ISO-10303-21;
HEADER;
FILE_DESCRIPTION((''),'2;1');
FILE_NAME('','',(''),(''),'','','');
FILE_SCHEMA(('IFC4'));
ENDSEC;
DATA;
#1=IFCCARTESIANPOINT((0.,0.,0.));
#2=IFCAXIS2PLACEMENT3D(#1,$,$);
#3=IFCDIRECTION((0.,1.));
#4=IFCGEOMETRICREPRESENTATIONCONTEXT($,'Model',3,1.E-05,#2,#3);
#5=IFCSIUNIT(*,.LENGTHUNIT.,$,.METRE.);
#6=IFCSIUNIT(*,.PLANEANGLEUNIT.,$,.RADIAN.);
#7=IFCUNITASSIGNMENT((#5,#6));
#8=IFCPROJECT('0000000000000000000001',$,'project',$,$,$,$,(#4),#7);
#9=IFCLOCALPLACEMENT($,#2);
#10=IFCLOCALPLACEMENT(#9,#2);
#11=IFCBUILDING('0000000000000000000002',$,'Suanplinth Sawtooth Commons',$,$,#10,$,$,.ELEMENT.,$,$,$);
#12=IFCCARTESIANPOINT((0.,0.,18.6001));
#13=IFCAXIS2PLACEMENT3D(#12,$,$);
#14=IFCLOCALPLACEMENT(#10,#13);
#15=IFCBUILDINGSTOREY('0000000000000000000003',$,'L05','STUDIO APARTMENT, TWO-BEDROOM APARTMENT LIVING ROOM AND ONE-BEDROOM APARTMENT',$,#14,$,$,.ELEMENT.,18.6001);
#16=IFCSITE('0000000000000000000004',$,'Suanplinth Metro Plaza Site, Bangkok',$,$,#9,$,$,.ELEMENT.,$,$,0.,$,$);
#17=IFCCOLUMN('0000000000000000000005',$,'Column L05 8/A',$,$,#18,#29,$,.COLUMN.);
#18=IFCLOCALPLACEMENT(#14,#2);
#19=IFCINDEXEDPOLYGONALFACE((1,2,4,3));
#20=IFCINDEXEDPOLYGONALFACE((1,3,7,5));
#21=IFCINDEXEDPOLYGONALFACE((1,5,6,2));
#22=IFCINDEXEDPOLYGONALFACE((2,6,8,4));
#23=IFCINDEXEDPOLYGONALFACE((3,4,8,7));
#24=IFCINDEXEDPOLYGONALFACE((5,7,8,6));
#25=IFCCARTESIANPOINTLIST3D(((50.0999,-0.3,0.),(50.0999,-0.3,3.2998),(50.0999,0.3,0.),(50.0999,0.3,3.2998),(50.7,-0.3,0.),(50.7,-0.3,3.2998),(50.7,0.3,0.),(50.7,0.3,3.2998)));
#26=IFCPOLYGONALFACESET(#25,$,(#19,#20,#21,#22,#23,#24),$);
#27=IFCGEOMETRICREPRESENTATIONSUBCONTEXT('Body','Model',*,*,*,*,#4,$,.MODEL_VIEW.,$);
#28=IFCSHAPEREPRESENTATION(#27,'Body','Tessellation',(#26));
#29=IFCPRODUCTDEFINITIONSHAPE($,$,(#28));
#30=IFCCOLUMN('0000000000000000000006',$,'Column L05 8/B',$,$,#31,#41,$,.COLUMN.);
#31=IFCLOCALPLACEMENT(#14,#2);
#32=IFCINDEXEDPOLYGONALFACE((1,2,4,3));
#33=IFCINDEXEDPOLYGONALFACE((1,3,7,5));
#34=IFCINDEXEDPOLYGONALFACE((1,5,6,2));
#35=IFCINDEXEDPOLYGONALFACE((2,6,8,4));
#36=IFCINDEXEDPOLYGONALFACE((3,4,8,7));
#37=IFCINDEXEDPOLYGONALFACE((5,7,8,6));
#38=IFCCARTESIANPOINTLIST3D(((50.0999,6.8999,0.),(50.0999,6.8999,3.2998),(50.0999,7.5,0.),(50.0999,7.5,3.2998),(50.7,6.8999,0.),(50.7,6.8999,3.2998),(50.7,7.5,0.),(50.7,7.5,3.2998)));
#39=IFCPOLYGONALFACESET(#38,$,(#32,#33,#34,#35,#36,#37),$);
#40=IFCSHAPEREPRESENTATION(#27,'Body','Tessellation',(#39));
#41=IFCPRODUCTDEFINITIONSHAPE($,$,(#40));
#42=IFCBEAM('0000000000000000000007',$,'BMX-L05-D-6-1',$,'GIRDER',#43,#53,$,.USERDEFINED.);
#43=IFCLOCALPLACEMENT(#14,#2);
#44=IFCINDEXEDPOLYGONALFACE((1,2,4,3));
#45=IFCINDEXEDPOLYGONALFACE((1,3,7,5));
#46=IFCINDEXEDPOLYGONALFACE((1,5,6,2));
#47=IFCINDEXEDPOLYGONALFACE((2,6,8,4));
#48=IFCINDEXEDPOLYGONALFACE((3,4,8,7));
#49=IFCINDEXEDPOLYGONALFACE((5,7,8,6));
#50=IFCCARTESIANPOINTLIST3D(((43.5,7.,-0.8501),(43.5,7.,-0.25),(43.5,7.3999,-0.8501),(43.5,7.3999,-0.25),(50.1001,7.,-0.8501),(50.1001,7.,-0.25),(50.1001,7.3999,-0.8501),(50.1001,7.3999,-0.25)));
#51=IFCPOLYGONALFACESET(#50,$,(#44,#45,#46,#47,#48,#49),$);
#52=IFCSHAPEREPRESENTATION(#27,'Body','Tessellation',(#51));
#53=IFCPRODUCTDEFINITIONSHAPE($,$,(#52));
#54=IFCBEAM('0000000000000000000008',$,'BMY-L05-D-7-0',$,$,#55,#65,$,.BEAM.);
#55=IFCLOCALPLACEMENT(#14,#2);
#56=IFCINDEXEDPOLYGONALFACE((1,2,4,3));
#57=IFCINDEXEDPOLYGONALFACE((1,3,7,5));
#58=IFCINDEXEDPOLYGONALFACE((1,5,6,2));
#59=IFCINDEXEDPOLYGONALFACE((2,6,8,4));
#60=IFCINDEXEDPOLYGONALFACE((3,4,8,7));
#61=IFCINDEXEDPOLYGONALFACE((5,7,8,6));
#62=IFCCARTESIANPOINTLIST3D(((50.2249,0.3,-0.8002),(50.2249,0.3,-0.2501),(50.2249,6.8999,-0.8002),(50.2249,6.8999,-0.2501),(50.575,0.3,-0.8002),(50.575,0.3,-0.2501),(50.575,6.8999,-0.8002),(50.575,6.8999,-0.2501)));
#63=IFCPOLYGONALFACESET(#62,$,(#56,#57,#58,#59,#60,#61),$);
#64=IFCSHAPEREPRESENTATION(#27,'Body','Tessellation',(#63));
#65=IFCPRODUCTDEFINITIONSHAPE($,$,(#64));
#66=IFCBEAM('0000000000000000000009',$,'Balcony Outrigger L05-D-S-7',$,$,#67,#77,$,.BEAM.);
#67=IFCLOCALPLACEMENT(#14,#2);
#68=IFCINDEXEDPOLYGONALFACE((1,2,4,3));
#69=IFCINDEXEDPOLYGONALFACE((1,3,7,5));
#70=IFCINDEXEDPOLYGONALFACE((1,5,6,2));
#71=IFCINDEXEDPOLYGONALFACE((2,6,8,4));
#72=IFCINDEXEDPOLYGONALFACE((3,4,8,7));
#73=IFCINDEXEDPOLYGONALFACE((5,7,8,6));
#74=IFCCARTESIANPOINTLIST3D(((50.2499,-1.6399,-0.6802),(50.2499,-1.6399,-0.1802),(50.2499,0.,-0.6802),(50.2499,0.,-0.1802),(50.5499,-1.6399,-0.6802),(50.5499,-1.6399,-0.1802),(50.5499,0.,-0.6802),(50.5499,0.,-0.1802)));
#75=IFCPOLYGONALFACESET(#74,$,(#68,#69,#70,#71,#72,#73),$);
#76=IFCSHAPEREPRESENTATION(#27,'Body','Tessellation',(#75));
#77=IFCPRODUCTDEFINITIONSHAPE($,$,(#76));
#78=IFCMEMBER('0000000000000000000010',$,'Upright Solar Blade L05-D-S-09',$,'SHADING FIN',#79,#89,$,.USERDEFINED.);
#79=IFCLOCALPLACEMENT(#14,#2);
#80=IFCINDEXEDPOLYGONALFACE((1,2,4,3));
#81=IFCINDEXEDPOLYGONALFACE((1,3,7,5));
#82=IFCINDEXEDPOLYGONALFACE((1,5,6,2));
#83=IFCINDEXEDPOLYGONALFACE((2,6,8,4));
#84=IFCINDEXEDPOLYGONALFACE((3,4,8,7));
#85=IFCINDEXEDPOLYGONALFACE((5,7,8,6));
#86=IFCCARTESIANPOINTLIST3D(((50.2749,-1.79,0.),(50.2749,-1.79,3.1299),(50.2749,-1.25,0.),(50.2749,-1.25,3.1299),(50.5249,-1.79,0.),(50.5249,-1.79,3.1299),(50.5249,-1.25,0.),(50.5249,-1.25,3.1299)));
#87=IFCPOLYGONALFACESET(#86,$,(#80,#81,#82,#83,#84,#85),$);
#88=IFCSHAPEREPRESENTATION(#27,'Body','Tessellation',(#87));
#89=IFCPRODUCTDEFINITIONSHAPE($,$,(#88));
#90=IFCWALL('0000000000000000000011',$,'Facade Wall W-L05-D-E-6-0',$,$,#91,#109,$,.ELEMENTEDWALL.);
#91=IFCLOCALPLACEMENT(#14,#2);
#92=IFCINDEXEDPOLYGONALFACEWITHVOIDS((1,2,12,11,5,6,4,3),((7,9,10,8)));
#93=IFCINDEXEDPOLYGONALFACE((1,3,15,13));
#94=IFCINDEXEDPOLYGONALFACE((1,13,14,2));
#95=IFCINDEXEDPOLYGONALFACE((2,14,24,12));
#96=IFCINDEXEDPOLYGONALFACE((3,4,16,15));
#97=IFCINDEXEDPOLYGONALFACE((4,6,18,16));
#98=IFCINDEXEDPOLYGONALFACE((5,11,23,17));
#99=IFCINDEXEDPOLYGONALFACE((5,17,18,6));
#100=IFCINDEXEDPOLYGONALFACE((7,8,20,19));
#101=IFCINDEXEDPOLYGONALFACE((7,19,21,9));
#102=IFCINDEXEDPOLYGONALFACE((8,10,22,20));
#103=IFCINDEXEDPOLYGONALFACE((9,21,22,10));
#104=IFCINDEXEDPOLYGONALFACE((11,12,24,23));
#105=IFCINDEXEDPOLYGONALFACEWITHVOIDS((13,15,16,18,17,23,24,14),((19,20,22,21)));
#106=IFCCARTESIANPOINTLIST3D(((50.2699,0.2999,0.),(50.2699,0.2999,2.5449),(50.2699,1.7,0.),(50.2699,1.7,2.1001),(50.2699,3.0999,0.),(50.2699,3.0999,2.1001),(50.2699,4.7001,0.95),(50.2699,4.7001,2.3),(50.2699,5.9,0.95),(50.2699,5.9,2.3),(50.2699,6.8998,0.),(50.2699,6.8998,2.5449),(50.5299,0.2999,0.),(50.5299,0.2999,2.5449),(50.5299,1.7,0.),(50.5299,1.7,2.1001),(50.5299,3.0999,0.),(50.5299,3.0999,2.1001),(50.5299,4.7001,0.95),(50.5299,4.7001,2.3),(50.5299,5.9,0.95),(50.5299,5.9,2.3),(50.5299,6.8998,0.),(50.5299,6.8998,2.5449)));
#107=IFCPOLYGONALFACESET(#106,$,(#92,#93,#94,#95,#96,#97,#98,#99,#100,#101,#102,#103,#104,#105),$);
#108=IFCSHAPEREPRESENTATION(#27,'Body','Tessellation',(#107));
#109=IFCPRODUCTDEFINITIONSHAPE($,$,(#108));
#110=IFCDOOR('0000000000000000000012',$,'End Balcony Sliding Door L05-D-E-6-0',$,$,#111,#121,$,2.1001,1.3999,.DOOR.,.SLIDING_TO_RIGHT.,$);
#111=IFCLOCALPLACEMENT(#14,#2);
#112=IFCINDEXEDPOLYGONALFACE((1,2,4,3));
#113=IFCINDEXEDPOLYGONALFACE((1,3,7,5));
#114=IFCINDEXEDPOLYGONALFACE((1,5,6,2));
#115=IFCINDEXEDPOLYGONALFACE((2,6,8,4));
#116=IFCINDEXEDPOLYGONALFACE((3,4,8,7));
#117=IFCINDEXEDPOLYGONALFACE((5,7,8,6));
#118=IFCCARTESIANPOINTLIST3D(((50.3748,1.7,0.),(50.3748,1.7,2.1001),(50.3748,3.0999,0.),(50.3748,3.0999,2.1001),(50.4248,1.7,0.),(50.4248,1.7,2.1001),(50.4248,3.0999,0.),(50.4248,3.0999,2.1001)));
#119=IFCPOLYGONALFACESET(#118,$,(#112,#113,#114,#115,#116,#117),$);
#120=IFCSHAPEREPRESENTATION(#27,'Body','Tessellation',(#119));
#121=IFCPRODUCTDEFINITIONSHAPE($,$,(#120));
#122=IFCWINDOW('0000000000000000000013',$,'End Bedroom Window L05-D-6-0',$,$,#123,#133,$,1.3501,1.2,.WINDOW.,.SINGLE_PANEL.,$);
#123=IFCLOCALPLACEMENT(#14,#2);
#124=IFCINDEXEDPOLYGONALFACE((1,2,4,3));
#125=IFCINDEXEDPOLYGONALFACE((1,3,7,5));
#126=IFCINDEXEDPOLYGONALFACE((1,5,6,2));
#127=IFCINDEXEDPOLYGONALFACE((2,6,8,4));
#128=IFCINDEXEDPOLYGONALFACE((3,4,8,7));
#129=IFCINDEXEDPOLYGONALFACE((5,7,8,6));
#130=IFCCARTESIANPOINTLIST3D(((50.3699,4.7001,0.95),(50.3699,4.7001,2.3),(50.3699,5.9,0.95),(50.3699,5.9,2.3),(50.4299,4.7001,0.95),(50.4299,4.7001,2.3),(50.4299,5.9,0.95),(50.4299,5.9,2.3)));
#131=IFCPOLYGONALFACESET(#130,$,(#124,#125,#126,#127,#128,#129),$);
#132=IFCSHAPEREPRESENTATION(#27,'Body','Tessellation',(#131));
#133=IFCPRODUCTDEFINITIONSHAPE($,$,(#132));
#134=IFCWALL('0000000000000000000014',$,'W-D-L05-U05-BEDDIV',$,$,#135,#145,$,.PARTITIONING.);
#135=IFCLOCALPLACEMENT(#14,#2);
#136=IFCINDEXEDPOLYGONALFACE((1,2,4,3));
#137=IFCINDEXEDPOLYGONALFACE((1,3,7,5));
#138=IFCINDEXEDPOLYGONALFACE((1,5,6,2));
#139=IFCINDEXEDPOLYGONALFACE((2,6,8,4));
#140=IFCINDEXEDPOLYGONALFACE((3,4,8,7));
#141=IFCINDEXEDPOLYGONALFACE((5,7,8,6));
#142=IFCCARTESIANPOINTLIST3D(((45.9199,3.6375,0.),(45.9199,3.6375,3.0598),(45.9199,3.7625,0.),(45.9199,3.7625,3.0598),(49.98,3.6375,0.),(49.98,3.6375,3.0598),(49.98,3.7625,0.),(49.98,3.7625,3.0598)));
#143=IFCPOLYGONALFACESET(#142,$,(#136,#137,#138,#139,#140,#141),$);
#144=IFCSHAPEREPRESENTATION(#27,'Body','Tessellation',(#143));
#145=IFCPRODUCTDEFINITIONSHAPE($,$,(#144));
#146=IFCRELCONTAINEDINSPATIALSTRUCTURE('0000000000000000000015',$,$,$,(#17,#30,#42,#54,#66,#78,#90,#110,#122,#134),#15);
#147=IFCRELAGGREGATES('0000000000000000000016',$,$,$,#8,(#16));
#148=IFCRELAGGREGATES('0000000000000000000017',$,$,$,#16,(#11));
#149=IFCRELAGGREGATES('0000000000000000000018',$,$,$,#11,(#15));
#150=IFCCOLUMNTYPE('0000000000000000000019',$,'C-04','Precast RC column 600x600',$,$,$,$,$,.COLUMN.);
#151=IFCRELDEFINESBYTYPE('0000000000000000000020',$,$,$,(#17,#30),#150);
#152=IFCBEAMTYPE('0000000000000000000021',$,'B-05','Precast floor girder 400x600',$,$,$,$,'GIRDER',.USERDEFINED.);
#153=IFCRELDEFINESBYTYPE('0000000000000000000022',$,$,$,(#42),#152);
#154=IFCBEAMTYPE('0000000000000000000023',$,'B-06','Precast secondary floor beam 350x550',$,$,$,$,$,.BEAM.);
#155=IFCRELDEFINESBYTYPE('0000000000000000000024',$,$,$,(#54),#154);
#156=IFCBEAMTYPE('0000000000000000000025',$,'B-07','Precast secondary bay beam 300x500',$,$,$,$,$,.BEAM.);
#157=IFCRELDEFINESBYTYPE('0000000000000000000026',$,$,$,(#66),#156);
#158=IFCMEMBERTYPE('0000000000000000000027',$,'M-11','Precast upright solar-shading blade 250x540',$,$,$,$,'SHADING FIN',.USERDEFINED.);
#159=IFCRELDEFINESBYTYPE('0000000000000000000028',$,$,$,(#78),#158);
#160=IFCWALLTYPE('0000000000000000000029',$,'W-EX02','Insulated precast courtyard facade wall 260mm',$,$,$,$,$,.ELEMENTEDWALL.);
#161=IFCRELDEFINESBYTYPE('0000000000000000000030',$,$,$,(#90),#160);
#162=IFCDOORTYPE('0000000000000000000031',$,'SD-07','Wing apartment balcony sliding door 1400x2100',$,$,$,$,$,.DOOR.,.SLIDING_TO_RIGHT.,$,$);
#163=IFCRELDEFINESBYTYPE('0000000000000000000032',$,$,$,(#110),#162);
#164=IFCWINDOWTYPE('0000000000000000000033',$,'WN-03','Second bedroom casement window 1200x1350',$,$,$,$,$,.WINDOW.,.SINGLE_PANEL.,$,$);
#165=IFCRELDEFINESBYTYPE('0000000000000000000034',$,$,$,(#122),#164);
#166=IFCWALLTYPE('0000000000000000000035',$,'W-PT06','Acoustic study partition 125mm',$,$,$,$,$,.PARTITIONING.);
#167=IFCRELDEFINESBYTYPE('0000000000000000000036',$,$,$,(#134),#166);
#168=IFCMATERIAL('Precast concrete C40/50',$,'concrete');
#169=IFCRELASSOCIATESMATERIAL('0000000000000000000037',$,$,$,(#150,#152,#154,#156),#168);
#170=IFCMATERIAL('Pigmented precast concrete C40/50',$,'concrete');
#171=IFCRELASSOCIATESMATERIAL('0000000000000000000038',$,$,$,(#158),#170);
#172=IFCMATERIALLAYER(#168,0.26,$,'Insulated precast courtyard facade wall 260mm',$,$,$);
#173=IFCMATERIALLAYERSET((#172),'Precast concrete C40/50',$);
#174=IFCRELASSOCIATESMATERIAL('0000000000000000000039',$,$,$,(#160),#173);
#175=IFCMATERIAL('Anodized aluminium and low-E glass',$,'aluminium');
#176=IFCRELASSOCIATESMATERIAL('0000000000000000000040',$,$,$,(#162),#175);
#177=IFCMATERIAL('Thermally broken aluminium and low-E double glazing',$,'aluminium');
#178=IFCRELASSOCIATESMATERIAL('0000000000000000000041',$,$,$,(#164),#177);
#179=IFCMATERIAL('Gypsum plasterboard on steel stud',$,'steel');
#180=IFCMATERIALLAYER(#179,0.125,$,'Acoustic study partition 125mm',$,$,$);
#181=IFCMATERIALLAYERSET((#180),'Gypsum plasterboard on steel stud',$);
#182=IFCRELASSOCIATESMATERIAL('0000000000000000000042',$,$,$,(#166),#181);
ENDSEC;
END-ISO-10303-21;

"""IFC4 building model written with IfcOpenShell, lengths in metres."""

from ifc_helpers import new_model, si_unit, direction, frame, frame_2d, origin, origin_2d, place, context, subcontext, project, spatial, rectangle, extrude, material, layer, layer_set, material_profile, profile_set, type_object, element, fill, save


model = new_model("IFC4")

# Units and contexts
model_context = context("Model", 3, precision=1e-05, world=origin(), true_north=direction((0.0, 1.0)))
body_context = subcontext(model_context, "Body", "Model", "MODEL_VIEW")
ifc_project = project(units=[si_unit("LENGTHUNIT", "METRE"), si_unit("PLANEANGLEUNIT", "RADIAN")], contexts=[model_context])

# Site, building, storey
site_placement = place(None, origin())
site = spatial("IfcSite", under=ifc_project, at=site_placement, Name="Suanplinth Metro Plaza Site, Bangkok", CompositionType="ELEMENT", RefElevation=0.0)
building_placement = place(site_placement, origin())
building = spatial("IfcBuilding", under=site, at=building_placement, Name="Suanplinth Sawtooth Commons", CompositionType="ELEMENT")
storey_placement = place(building_placement, frame((0.0, 0.0, 18.6001)))
storey = spatial("IfcBuildingStorey", under=building, at=storey_placement, Name="L05", Description="STUDIO APARTMENT, TWO-BEDROOM APARTMENT LIVING ROOM AND ONE-BEDROOM APARTMENT", CompositionType="ELEMENT", Elevation=18.6001)

# Columns
ifc_material_1 = material(Name="Precast concrete C40/50", Category="concrete")
ifc_material_profile_1 = material_profile(ifc_material_1, rectangle(XDim=0.6001, YDim=0.6001, at=origin_2d()), Name="PC-COL 600x600")
ifc_profile_set_1 = profile_set([ifc_material_profile_1], Name="Precast concrete C40/50")
column_type = type_object("IfcColumnType", Name="C-04", Description="Precast RC column 600x600", PredefinedType="COLUMN", material=ifc_profile_set_1)
for number, where, z_axis, x_axis, name in (
    (1, (50.3999, 0.0, 0.0), (0.0, 0.0, 1.0), (1.0, 0.0, 0.0), "Column L05 8/A"),
    (2, (50.3999, 7.2, 0.0), (0.0, 0.0, 1.0), (1.0, 0.0, 0.0), "Column L05 8/B"),
):
    element("IfcColumn", number, at=place(storey_placement, frame(where, z_axis=z_axis, x_axis=x_axis)), inside=storey, type_object=column_type, Name=name, PredefinedType="COLUMN", context=body_context, shape_type="SweptSolid", body=[
        extrude(rectangle(XDim=0.6001, YDim=0.6001, at=origin_2d()), origin(), (0.0, 0.0, 1.0), 3.2998),
    ])

# Beams
ifc_material_profile_2 = material_profile(ifc_material_1, rectangle(XDim=0.3999, YDim=0.6001, at=origin_2d()), Name="PC-GDR 400x600")
ifc_profile_set_2 = profile_set([ifc_material_profile_2], Name="Precast concrete C40/50")
beam_type_1 = type_object("IfcBeamType", Name="B-05", Description="Precast floor girder 400x600", ElementType="GIRDER", PredefinedType="USERDEFINED", material=ifc_profile_set_2)
beam_1_placement = place(storey_placement, frame((43.5, 7.2, -0.55), z_axis=(1.0, 0.0, 0.0), x_axis=(0.0, 1.0, 0.0)))
element("IfcBeam", 3, at=beam_1_placement, inside=storey, type_object=beam_type_1, Name="BMX-L05-D-6-1", ObjectType="GIRDER", PredefinedType="USERDEFINED", context=body_context, shape_type="SweptSolid", body=[
    extrude(rectangle(XDim=0.3999, YDim=0.6001, at=origin_2d()), origin(), (0.0, 0.0, 1.0), 6.6001),
])
ifc_material_profile_3 = material_profile(ifc_material_1, rectangle(XDim=0.3501, YDim=0.55, at=origin_2d()), Name="PC-BM 350x550")
ifc_profile_set_3 = profile_set([ifc_material_profile_3], Name="Precast concrete C40/50")
beam_type_2 = type_object("IfcBeamType", Name="B-06", Description="Precast secondary floor beam 350x550", PredefinedType="BEAM", material=ifc_profile_set_3)
beam_2_placement = place(storey_placement, frame((50.3999, 0.3, -0.5251), z_axis=(0.0, 1.0, 0.0), x_axis=(-1.0, 0.0, 0.0)))
element("IfcBeam", 4, at=beam_2_placement, inside=storey, type_object=beam_type_2, Name="BMY-L05-D-7-0", PredefinedType="BEAM", context=body_context, shape_type="SweptSolid", body=[
    extrude(rectangle(XDim=0.3501, YDim=0.55, at=origin_2d()), origin(), (0.0, 0.0, 1.0), 6.5999),
])
ifc_material_profile_4 = material_profile(ifc_material_1, rectangle(XDim=0.3, YDim=0.5, at=origin_2d()), Name="PC-BM 300x500")
ifc_profile_set_4 = profile_set([ifc_material_profile_4], Name="Precast concrete C40/50")
beam_type_3 = type_object("IfcBeamType", Name="B-07", Description="Precast secondary bay beam 300x500", PredefinedType="BEAM", material=ifc_profile_set_4)
beam_3_placement = place(storey_placement, frame((50.3999, 0.0, -0.4302), z_axis=(0.0, -1.0, 0.0), x_axis=(1.0, 0.0, 0.0)))
element("IfcBeam", 5, at=beam_3_placement, inside=storey, type_object=beam_type_3, Name="Balcony Outrigger L05-D-S-7", PredefinedType="BEAM", context=body_context, shape_type="SweptSolid", body=[
    extrude(rectangle(XDim=0.3, YDim=0.5, at=origin_2d()), origin(), (0.0, 0.0, 1.0), 1.6399),
])

# Member
ifc_material_2 = material(Name="Pigmented precast concrete C40/50", Category="concrete")
ifc_material_profile_5 = material_profile(ifc_material_2, rectangle(XDim=0.25, YDim=0.54, at=origin_2d()), Name="PC-FIN 250x540")
ifc_profile_set_5 = profile_set([ifc_material_profile_5], Name="Pigmented precast concrete C40/50")
member_type = type_object("IfcMemberType", Name="M-11", Description="Precast upright solar-shading blade 250x540", ElementType="SHADING FIN", PredefinedType="USERDEFINED", material=ifc_profile_set_5)
member_placement = place(storey_placement, frame((50.3999, -1.52, 0.0), z_axis=(0.0, 0.0, 1.0), x_axis=(1.0, 0.0, 0.0)))
element("IfcMember", 6, at=member_placement, inside=storey, type_object=member_type, Name="Upright Solar Blade L05-D-S-09", ObjectType="SHADING FIN", PredefinedType="USERDEFINED", context=body_context, shape_type="SweptSolid", body=[
    extrude(rectangle(XDim=0.25, YDim=0.54, at=origin_2d()), origin(), (0.0, 0.0, 1.0), 3.1299),
])

# Wall, openings, door, window
ifc_layer_1 = layer(ifc_material_1, 0.26, Name="Insulated precast courtyard facade wall 260mm")
ifc_layer_set_1 = layer_set([ifc_layer_1], Name="Precast concrete C40/50")
wall_type_1 = type_object("IfcWallType", Name="W-EX02", Description="Insulated precast courtyard facade wall 260mm", PredefinedType="ELEMENTEDWALL", material=ifc_layer_set_1)
ifc_material_3 = material(Name="Anodized aluminium and low-E glass", Category="aluminium")
ifc_material_4 = material(Name="Thermally broken aluminium and low-E double glazing", Category="aluminium")
wall_1_placement = place(storey_placement, frame((50.3999, 0.3, 0.0), z_axis=(0.0, 0.0, 1.0), x_axis=(0.0, 1.0, 0.0)))
wall_1 = element("IfcWall", 7, at=wall_1_placement, inside=storey, type_object=wall_type_1, Name="Facade Wall W-L05-D-E-6-0", PredefinedType="ELEMENTEDWALL", context=body_context, shape_type="SweptSolid", body=[
    extrude(rectangle(XDim=6.5999, YDim=0.26, at=frame_2d((3.2998, 0.0))), origin(), (0.0, 0.0, 1.0), 2.5449),
])
opening_1_placement = place(wall_1_placement, frame((1.3999, 0.0, 0.0)))
opening_1 = element("IfcOpeningElement", 8, at=opening_1_placement, cuts=wall_1, PredefinedType="OPENING", context=body_context, shape_type="SweptSolid", body=[
    extrude(rectangle(XDim=1.3999, YDim=2.1001, at=frame_2d((0.7, 1.05))), frame((0.0, 0.145, 0.0), z_axis=(0.0, -1.0, 0.0), x_axis=(1.0, 0.0, 0.0)), (0.0, 0.0, 1.0), 0.2898),
])
opening_2_placement = place(wall_1_placement, frame((4.3999, 0.0, 0.95)))
opening_2 = element("IfcOpeningElement", 9, at=opening_2_placement, cuts=wall_1, PredefinedType="OPENING", context=body_context, shape_type="SweptSolid", body=[
    extrude(rectangle(XDim=1.2, YDim=1.3501, at=frame_2d((0.6001, 0.675))), frame((0.0, 0.145, 0.0), z_axis=(0.0, -1.0, 0.0), x_axis=(1.0, 0.0, 0.0)), (0.0, 0.0, 1.0), 0.2898),
])
door_type_1 = type_object("IfcDoorType", Name="SD-07", Description="Wing apartment balcony sliding door 1400x2100", OperationType="SLIDING_TO_RIGHT", PredefinedType="DOOR", material=ifc_material_3)
door_1_placement = place(opening_1_placement, frame((1.3999, 0.0, 0.0), z_axis=(0.0, 0.0, 1.0), x_axis=(-1.0, 0.0, 0.0)))
door_1 = element("IfcDoor", 10, at=door_1_placement, inside=storey, type_object=door_type_1, Name="End Balcony Sliding Door L05-D-E-6-0", OperationType="SLIDING_TO_RIGHT", OverallHeight=2.1001, OverallWidth=1.3999, PredefinedType="DOOR", context=body_context, shape_type="SweptSolid", body=[
    extrude(rectangle(XDim=1.3999, YDim=2.1001, at=frame_2d((0.7, 1.05))), frame((0.0, 0.0249, 0.0), z_axis=(0.0, -1.0, 0.0), x_axis=(1.0, 0.0, 0.0)), (0.0, 0.0, 1.0), 0.05),
])
fill(opening_1, door_1)
window_type_1 = type_object("IfcWindowType", Name="WN-03", Description="Second bedroom casement window 1200x1350", PartitioningType="SINGLE_PANEL", PredefinedType="WINDOW", material=ifc_material_4)
window_1_placement = place(opening_2_placement, origin())
window_1 = element("IfcWindow", 11, at=window_1_placement, inside=storey, type_object=window_type_1, Name="End Bedroom Window L05-D-6-0", OverallHeight=1.3501, OverallWidth=1.2, PartitioningType="SINGLE_PANEL", PredefinedType="WINDOW", context=body_context, shape_type="SweptSolid", body=[
    extrude(rectangle(XDim=1.2, YDim=1.3501, at=frame_2d((0.6001, 0.675))), frame((0.0, 0.03, 0.0), z_axis=(0.0, -1.0, 0.0), x_axis=(1.0, 0.0, 0.0)), (0.0, 0.0, 1.0), 0.0601),
])
fill(opening_2, window_1)

# Shared definitions
ifc_material_5 = material(Name="Gypsum plasterboard on steel stud", Category="steel")

# Wall
ifc_layer_2 = layer(ifc_material_5, 0.125, Name="Acoustic study partition 125mm")
ifc_layer_set_2 = layer_set([ifc_layer_2], Name="Gypsum plasterboard on steel stud")
wall_type_2 = type_object("IfcWallType", Name="W-PT06", Description="Acoustic study partition 125mm", PredefinedType="PARTITIONING", material=ifc_layer_set_2)
wall_2_placement = place(storey_placement, frame((45.9199, 3.7, 0.0), z_axis=(0.0, 0.0, 1.0), x_axis=(1.0, 0.0, 0.0)))
element("IfcWall", 12, at=wall_2_placement, inside=storey, type_object=wall_type_2, Name="W-D-L05-U05-BEDDIV", PredefinedType="PARTITIONING", context=body_context, shape_type="SweptSolid", body=[
    extrude(rectangle(XDim=4.0601, YDim=0.125, at=frame_2d((2.03, 0.0))), origin(), (0.0, 0.0, 1.0), 3.0598),
])

save(model, "model.ifc")
